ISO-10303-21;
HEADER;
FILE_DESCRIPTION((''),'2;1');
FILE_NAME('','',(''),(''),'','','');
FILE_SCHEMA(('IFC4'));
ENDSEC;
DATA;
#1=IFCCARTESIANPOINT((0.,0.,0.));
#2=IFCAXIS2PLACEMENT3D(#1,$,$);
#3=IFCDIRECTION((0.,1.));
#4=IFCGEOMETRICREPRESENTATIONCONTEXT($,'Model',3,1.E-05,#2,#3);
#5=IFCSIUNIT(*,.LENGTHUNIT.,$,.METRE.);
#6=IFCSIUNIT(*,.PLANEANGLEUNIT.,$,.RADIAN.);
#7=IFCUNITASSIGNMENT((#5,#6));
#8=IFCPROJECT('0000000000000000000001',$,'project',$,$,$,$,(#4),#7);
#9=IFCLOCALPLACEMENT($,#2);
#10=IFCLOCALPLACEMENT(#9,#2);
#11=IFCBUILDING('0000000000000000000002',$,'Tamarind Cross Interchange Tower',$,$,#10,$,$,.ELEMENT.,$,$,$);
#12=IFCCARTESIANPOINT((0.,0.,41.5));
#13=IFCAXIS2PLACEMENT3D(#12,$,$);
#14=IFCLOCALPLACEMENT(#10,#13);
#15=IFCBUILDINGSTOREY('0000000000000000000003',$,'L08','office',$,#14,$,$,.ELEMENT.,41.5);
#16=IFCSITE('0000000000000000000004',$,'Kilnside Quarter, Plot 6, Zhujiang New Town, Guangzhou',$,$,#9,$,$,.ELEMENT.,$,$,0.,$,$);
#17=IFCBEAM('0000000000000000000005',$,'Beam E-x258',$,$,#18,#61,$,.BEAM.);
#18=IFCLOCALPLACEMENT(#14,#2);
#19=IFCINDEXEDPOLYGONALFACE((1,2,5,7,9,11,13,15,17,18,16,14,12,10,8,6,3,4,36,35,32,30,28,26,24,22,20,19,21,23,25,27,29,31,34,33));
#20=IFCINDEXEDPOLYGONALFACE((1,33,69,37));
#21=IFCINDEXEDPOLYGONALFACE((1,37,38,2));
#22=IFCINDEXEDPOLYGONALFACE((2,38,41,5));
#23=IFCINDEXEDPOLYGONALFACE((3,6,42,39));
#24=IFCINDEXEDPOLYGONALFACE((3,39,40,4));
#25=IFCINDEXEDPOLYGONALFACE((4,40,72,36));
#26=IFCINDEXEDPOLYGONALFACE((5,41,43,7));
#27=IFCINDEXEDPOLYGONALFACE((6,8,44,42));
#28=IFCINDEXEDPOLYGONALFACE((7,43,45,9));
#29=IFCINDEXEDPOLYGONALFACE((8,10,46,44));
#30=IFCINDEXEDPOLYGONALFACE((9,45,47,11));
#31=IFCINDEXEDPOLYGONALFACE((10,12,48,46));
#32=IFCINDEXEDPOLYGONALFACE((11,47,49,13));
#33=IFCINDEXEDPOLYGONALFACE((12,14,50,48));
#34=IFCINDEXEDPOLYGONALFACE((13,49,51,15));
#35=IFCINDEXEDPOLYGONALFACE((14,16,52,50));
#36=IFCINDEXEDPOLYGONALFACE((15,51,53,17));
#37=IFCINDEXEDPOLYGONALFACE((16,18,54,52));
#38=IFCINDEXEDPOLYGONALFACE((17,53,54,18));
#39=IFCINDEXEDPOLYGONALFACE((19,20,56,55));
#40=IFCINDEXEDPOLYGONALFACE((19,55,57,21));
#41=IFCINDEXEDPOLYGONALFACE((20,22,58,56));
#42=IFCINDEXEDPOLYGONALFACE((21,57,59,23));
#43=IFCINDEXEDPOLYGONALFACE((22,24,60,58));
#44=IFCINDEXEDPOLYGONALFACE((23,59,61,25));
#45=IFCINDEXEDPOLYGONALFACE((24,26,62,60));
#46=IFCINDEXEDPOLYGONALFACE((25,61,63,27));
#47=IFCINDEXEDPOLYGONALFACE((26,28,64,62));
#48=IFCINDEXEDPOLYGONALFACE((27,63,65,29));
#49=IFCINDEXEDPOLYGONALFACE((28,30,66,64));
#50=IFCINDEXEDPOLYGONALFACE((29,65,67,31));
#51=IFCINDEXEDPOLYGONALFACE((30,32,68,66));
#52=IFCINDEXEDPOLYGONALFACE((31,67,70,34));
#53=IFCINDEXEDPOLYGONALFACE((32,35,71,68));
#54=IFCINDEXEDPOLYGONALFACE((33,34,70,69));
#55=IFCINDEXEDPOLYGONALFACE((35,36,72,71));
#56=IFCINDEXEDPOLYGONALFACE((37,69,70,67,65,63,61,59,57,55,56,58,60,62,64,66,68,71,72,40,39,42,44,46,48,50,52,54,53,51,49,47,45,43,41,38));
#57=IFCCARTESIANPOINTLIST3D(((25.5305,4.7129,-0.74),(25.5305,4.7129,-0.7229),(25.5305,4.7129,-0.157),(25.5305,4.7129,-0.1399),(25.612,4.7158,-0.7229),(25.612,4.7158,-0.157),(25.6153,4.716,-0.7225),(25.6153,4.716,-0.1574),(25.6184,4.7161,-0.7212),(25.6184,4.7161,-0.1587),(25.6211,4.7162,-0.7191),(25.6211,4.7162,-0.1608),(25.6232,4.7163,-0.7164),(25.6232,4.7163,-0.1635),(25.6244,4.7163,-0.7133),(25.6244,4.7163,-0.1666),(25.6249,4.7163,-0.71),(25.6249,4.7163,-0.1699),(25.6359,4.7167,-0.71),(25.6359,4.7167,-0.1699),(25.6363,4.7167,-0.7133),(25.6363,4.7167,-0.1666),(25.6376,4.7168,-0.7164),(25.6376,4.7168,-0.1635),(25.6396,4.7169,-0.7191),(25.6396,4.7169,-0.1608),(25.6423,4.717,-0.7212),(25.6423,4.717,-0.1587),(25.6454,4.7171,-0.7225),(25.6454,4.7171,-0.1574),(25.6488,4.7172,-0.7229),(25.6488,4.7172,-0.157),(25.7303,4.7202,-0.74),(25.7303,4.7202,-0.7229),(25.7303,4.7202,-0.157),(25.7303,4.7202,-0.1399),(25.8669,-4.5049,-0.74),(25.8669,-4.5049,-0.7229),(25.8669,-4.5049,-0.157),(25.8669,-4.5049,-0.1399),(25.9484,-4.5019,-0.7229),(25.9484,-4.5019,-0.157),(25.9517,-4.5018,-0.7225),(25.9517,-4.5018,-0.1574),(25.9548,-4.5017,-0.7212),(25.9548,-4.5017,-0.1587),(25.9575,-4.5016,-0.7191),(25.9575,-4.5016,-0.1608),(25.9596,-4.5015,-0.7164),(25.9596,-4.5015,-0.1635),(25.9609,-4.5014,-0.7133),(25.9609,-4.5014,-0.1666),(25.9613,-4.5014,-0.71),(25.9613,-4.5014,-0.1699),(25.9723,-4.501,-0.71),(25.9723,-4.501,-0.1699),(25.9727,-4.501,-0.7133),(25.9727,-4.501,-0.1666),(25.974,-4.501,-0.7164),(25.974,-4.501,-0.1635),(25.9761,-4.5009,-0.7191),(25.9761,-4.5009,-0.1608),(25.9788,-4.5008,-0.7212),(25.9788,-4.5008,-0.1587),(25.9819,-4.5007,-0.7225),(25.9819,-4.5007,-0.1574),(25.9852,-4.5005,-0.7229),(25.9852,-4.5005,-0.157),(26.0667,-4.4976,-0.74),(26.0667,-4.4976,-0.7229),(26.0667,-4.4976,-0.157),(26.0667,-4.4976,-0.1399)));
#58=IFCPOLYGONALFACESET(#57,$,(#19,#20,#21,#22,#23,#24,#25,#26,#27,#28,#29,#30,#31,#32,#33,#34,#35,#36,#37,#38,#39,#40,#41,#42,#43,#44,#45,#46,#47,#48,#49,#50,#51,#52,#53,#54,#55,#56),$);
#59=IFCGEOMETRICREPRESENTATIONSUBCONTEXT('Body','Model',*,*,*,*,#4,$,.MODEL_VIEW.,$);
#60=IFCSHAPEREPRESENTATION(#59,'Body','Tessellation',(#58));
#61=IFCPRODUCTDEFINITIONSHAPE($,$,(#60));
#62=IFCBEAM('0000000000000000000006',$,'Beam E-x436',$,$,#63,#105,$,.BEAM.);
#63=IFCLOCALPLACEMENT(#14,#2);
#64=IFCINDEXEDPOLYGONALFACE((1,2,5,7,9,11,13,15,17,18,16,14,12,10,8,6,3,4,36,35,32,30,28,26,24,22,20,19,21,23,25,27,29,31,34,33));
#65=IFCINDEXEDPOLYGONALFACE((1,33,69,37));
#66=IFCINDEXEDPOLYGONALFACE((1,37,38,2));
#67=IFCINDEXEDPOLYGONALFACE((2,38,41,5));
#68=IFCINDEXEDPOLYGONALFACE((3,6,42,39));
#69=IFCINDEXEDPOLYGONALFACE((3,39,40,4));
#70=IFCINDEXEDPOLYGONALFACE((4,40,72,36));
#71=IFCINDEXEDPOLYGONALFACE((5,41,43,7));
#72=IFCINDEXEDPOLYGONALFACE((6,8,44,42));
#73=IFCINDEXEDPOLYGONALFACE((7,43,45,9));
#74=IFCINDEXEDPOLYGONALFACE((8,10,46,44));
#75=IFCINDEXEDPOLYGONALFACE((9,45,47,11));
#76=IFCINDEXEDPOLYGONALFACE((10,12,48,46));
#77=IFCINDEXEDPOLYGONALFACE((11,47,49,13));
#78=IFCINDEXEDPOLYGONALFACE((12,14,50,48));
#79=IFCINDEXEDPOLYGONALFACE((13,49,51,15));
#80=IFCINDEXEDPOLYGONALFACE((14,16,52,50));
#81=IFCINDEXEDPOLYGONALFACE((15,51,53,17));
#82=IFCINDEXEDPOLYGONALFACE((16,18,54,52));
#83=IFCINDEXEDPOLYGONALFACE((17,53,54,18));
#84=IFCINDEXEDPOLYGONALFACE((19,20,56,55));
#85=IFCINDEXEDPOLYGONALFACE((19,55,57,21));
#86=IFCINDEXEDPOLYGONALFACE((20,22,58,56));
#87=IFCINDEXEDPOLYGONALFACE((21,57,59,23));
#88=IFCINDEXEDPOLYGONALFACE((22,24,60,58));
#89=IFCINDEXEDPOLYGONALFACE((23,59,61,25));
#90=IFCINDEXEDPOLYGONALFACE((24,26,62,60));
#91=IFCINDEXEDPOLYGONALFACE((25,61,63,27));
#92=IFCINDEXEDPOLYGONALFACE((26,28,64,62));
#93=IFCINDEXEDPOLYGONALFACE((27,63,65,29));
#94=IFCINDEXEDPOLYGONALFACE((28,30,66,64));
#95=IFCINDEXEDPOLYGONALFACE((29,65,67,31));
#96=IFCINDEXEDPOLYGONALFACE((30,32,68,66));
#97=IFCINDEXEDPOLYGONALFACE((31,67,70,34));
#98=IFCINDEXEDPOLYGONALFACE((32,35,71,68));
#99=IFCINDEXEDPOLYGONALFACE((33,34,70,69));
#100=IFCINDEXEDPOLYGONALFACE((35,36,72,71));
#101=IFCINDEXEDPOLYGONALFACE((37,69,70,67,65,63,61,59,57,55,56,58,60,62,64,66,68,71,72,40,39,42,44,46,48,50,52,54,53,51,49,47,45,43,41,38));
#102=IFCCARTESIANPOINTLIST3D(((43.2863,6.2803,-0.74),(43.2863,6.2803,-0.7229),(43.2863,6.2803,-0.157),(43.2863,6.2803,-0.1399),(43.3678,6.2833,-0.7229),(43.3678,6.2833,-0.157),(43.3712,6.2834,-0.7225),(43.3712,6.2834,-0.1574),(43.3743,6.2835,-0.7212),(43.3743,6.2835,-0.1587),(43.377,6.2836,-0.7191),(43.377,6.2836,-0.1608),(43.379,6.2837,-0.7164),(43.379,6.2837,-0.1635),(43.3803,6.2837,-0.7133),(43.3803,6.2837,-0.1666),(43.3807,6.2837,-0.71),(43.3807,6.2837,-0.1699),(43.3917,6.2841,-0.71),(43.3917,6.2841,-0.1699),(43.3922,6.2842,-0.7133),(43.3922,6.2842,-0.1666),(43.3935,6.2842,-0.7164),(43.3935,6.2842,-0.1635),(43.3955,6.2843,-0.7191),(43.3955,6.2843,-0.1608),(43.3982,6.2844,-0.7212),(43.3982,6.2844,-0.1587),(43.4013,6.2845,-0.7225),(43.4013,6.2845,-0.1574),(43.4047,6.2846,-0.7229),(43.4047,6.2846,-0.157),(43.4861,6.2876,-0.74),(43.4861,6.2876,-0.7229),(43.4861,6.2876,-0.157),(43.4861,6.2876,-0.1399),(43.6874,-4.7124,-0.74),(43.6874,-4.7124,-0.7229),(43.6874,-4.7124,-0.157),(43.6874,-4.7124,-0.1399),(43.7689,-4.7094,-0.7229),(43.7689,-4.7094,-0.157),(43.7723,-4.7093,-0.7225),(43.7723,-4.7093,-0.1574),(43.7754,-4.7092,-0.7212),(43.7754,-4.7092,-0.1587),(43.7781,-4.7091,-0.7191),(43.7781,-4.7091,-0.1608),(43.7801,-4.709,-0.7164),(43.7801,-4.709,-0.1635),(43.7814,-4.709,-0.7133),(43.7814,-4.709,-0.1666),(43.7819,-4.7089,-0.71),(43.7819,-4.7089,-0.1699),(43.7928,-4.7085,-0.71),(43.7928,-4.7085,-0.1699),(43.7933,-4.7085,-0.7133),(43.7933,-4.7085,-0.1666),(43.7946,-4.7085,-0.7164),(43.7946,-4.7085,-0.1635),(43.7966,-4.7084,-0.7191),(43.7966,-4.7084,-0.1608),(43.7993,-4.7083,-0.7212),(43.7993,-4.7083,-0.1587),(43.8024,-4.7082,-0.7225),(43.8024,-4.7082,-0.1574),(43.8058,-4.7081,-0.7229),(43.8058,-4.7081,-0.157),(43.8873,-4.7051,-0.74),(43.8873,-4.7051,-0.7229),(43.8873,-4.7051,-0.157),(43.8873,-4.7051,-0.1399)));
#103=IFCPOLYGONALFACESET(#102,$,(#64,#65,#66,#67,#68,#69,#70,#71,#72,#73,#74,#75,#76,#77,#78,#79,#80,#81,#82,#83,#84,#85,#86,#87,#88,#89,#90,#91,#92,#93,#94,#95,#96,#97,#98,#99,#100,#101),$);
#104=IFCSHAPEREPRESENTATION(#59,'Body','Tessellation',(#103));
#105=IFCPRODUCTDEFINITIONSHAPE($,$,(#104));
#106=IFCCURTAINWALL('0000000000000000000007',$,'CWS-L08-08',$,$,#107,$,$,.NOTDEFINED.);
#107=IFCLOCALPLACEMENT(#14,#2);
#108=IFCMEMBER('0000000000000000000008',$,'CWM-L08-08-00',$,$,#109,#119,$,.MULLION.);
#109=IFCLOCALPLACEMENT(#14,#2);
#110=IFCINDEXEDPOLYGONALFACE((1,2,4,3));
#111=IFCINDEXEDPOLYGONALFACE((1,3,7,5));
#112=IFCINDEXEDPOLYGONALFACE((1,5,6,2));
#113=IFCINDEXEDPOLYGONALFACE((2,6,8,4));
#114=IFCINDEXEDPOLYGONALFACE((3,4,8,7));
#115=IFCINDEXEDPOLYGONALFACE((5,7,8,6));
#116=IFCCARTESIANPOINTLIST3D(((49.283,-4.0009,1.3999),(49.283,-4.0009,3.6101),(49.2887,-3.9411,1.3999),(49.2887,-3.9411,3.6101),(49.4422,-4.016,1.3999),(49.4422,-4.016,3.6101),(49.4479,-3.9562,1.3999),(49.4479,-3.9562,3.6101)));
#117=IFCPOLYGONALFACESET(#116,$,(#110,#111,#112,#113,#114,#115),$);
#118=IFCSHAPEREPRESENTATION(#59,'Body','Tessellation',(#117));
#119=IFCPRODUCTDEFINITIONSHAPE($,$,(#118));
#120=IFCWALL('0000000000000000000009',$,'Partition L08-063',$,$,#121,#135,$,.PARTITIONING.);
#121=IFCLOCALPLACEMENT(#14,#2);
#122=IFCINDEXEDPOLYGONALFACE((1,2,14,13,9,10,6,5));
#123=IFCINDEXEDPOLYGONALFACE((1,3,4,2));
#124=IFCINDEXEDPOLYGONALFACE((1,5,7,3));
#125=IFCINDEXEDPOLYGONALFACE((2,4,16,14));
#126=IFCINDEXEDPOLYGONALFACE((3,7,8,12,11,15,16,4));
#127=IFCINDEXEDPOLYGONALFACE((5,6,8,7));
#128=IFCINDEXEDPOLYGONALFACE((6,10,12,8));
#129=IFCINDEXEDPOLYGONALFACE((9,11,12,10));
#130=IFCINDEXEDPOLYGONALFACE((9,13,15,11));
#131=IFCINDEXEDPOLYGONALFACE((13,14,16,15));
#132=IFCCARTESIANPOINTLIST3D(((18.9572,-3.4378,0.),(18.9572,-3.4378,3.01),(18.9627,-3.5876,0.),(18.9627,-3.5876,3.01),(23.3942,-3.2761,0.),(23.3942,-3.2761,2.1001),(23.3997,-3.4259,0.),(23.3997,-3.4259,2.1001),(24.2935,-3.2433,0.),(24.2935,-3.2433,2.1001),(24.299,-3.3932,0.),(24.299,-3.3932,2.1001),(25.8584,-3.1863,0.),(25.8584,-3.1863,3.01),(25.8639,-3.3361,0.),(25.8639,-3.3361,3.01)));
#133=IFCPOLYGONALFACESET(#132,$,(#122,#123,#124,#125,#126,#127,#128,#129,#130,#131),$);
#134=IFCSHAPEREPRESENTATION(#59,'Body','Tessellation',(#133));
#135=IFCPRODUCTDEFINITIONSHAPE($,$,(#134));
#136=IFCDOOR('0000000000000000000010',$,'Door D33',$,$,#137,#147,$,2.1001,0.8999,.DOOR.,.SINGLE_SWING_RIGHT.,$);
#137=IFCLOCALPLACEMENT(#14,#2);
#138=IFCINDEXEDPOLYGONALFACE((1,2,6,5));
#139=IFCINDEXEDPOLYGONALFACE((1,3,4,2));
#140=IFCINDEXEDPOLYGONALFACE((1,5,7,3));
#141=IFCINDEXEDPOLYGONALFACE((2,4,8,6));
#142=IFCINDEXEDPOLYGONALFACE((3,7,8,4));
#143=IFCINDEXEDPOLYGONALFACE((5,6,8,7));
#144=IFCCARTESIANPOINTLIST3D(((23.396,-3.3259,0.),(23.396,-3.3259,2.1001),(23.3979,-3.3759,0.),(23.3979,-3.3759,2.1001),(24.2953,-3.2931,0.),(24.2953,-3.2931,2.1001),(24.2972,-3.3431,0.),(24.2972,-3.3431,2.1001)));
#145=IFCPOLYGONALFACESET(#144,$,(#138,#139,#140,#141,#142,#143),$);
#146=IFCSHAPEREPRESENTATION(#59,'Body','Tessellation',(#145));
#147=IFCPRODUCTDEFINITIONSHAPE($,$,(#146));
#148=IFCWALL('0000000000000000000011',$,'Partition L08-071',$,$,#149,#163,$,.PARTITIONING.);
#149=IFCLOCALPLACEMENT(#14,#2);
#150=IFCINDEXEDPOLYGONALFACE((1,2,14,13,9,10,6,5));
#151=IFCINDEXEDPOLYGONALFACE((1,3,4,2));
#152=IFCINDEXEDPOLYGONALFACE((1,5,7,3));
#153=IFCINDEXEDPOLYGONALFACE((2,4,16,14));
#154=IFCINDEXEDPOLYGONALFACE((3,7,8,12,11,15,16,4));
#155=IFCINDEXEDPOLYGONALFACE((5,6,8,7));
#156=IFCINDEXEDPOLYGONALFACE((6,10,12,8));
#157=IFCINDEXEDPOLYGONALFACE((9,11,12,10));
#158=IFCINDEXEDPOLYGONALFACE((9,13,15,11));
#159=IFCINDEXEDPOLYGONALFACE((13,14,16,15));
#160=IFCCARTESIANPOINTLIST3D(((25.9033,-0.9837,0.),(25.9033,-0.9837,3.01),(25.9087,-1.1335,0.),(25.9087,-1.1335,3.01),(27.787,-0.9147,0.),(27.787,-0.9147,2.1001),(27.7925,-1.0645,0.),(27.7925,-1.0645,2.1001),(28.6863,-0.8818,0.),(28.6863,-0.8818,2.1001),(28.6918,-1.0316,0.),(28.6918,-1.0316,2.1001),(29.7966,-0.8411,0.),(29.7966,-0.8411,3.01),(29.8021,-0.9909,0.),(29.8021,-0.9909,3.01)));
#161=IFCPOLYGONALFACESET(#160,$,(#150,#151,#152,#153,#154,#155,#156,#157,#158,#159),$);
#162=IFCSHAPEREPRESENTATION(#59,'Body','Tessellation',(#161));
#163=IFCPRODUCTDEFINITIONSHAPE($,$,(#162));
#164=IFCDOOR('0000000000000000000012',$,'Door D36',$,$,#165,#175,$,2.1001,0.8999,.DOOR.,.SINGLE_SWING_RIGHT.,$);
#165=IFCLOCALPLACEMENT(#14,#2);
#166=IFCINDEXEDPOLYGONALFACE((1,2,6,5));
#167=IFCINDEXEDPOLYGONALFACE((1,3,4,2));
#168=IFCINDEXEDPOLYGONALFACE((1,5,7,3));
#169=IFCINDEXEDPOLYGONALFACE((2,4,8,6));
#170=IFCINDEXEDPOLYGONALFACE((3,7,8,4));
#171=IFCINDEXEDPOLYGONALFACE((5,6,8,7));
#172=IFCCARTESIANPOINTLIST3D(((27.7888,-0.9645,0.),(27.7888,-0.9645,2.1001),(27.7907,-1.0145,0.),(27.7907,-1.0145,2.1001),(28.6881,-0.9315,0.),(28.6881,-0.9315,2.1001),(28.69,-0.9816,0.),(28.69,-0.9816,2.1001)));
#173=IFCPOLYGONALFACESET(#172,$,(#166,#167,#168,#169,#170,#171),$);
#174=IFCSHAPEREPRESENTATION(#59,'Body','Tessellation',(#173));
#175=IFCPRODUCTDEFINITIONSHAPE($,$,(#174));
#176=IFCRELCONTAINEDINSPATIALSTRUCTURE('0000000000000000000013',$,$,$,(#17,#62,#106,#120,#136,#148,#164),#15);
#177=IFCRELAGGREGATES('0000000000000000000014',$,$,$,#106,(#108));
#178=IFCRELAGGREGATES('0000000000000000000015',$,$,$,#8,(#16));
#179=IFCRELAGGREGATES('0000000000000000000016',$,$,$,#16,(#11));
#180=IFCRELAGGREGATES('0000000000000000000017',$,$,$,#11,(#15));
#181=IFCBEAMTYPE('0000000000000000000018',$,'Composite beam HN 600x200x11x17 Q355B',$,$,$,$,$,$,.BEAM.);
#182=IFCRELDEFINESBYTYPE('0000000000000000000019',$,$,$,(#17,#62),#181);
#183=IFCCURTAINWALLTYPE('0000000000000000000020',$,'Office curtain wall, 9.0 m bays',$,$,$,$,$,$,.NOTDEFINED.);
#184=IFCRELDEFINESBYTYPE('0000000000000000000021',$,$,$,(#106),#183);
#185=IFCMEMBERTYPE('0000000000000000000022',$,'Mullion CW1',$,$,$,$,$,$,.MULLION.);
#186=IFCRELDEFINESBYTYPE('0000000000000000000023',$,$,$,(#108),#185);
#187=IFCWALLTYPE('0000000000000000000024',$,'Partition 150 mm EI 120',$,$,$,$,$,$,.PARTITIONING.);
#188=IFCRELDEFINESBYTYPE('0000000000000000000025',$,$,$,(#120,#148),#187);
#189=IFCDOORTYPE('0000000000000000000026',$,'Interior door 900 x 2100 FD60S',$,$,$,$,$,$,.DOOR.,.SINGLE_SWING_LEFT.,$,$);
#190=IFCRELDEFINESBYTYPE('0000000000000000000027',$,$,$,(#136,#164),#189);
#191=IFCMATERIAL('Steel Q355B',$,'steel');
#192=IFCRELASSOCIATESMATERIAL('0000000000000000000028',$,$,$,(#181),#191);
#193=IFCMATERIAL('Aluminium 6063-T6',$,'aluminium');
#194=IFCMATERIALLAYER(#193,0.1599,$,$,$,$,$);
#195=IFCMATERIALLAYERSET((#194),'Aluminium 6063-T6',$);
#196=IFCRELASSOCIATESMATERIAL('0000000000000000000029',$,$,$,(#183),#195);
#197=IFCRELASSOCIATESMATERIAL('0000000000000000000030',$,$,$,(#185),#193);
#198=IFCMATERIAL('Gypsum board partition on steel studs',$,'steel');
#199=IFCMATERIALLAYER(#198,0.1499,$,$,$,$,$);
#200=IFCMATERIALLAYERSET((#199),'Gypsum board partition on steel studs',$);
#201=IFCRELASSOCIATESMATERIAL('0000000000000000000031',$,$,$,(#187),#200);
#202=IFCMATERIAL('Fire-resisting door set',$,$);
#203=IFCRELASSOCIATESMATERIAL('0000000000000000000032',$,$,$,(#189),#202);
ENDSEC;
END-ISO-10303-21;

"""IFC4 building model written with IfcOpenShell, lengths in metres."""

from ifc_helpers import new_model, si_unit, direction, frame, frame_2d, origin, origin_2d, place, context, subcontext, project, spatial, rectangle, i_section, extrude, material, layer, layer_set, material_profile, profile_set, type_object, element, fill, aggregate, save


model = new_model("IFC4")

# Units and contexts
model_context = context("Model", 3, precision=1e-05, world=origin(), true_north=direction((0.0, 1.0)))
body_context = subcontext(model_context, "Body", "Model", "MODEL_VIEW")
ifc_project = project(units=[si_unit("LENGTHUNIT", "METRE"), si_unit("PLANEANGLEUNIT", "RADIAN")], contexts=[model_context])

# Site, building, storey
site_placement = place(None, origin())
site = spatial("IfcSite", under=ifc_project, at=site_placement, Name="Kilnside Quarter, Plot 6, Zhujiang New Town, Guangzhou", CompositionType="ELEMENT", RefElevation=0.0)
building_placement = place(site_placement, origin())
building = spatial("IfcBuilding", under=site, at=building_placement, Name="Tamarind Cross Interchange Tower", CompositionType="ELEMENT")
storey_placement = place(building_placement, frame((0.0, 0.0, 41.5)))
storey = spatial("IfcBuildingStorey", under=building, at=storey_placement, Name="L08", Description="office", CompositionType="ELEMENT", Elevation=41.5)

# Beams
ifc_material_1 = material(Name="Steel Q355B", Category="steel")
ifc_material_profile_1 = material_profile(ifc_material_1, i_section(OverallWidth=0.2, OverallDepth=0.6001, WebThickness=0.011, FlangeThickness=0.0171, FilletRadius=0.0129, at=origin_2d()), Name="HN 600x200x11x17")
ifc_profile_set_1 = profile_set([ifc_material_profile_1], Name="Steel Q355B")
beam_type_1 = type_object("IfcBeamType", Name="Composite beam HN 600x200x11x17 Q355B", PredefinedType="BEAM", material=ifc_profile_set_1)
beam_1_placement = place(storey_placement, frame((25.9668, -4.5012, -0.4399), z_axis=(-0.036473, 0.999335, 0.0), x_axis=(-0.999335, -0.036473, 0.0)))
element("IfcBeam", 1, at=beam_1_placement, inside=storey, type_object=beam_type_1, Name="Beam E-x258", PredefinedType="BEAM", context=body_context, shape_type="SweptSolid", body=[
    extrude(i_section(OverallWidth=0.2, OverallDepth=0.6001, WebThickness=0.011, FlangeThickness=0.0171, FilletRadius=0.0129, at=origin_2d()), origin(), (0.0, 0.0, 1.0), 9.2239),
])
beam_2_placement = place(storey_placement, frame((43.7874, -4.7087, -0.4399), z_axis=(-0.036466, 0.999335, 0.0), x_axis=(-0.999335, -0.036466, 0.0)))
element("IfcBeam", 2, at=beam_2_placement, inside=storey, type_object=beam_type_1, Name="Beam E-x436", PredefinedType="BEAM", context=body_context, shape_type="SweptSolid", body=[
    extrude(i_section(OverallWidth=0.2, OverallDepth=0.6001, WebThickness=0.011, FlangeThickness=0.0171, FilletRadius=0.0129, at=origin_2d()), origin(), (0.0, 0.0, 1.0), 11.0),
])

# Curtain wall, member
ifc_material_2 = material(Name="Aluminium 6063-T6", Category="aluminium")
ifc_layer_1 = layer(ifc_material_2, 0.1599)
ifc_layer_set_1 = layer_set([ifc_layer_1], Name="Aluminium 6063-T6")
curtain_wall_type = type_object("IfcCurtainWallType", Name="Office curtain wall, 9.0 m bays", PredefinedType="NOTDEFINED", material=ifc_layer_set_1)
curtain_wall_placement = place(storey_placement, origin())
curtain_wall = element("IfcCurtainWall", 3, at=curtain_wall_placement, inside=storey, type_object=curtain_wall_type, Name="CWS-L08-08", PredefinedType="NOTDEFINED")
ifc_material_profile_2 = material_profile(ifc_material_2, rectangle(XDim=0.0601, YDim=0.1599, at=origin_2d()), Name="Mullion CW1")
ifc_profile_set_2 = profile_set([ifc_material_profile_2], Name="Aluminium 6063-T6")
member_type = type_object("IfcMemberType", Name="Mullion CW1", PredefinedType="MULLION", material=ifc_profile_set_2)
member_placement = place(storey_placement, frame((49.3655, -3.9785, 1.3999), z_axis=(0.0, 0.0, 1.0), x_axis=(0.094289, 0.995545, 0.0)))
member = element("IfcMember", 4, at=member_placement, type_object=member_type, Name="CWM-L08-08-00", PredefinedType="MULLION", context=body_context, shape_type="SweptSolid", body=[
    extrude(rectangle(XDim=0.0601, YDim=0.1599, at=origin_2d()), origin(), (0.0, 0.0, 1.0), 2.2102),
])
aggregate(curtain_wall, [member])

# Walls, openings, doors
ifc_material_3 = material(Name="Gypsum board partition on steel studs", Category="steel")
ifc_layer_2 = layer(ifc_material_3, 0.1499)
ifc_layer_set_2 = layer_set([ifc_layer_2], Name="Gypsum board partition on steel studs")
wall_type_1 = type_object("IfcWallType", Name="Partition 150 mm EI 120", PredefinedType="PARTITIONING", material=ifc_layer_set_2)
wall_1_placement = place(storey_placement, frame((18.96, -3.5127, 0.0), z_axis=(0.0, 0.0, 1.0), x_axis=(0.999337, 0.036414, 0.0)))
wall_1 = element("IfcWall", 5, at=wall_1_placement, inside=storey, type_object=wall_type_1, Name="Partition L08-063", PredefinedType="PARTITIONING", context=body_context, shape_type="SweptSolid", body=[
    extrude(rectangle(XDim=6.9058, YDim=0.1499, at=frame_2d((3.4529, 0.0))), origin(), (0.0, 0.0, 1.0), 3.01),
])
opening_1_placement = place(wall_1_placement, frame((4.4399, 0.0, 0.0)))
opening_1 = element("IfcOpeningElement", 6, at=opening_1_placement, cuts=wall_1, PredefinedType="OPENING", context=body_context, shape_type="SweptSolid", body=[
    extrude(rectangle(XDim=0.8999, YDim=2.1001, at=frame_2d((0.45, 1.05))), frame((0.0, 0.085, 0.0), z_axis=(0.0, -1.0, 0.0), x_axis=(1.0, 0.0, 0.0)), (0.0, 0.0, 1.0), 0.1699),
])
ifc_material_4 = material(Name="Fire-resisting door set")
door_type_1 = type_object("IfcDoorType", Name="Interior door 900 x 2100 FD60S", OperationType="SINGLE_SWING_LEFT", PredefinedType="DOOR", material=ifc_material_4)
door_1_placement = place(opening_1_placement, frame((0.8999, 0.0, 0.0), z_axis=(0.0, 0.0, 1.0), x_axis=(-1.0, 0.0, 0.0)))
door_1 = element("IfcDoor", 7, at=door_1_placement, inside=storey, type_object=door_type_1, Name="Door D33", OperationType="SINGLE_SWING_RIGHT", OverallHeight=2.1001, OverallWidth=0.8999, PredefinedType="DOOR", context=body_context, shape_type="SweptSolid", body=[
    extrude(rectangle(XDim=0.8999, YDim=2.1001, at=frame_2d((0.45, 1.05))), frame((0.0, 0.0249, 0.0), z_axis=(0.0, -1.0, 0.0), x_axis=(1.0, 0.0, 0.0)), (0.0, 0.0, 1.0), 0.05),
])
fill(opening_1, door_1)
wall_2_placement = place(storey_placement, frame((25.906, -1.0586, 0.0), z_axis=(0.0, 0.0, 1.0), x_axis=(0.99933, 0.036597, 0.0)))
wall_2 = element("IfcWall", 8, at=wall_2_placement, inside=storey, type_object=wall_type_1, Name="Partition L08-071", PredefinedType="PARTITIONING", context=body_context, shape_type="SweptSolid", body=[
    extrude(rectangle(XDim=3.896, YDim=0.1499, at=frame_2d((1.948, 0.0))), origin(), (0.0, 0.0, 1.0), 3.01),
])
opening_2_placement = place(wall_2_placement, frame((1.885, 0.0, 0.0)))
opening_2 = element("IfcOpeningElement", 9, at=opening_2_placement, cuts=wall_2, PredefinedType="OPENING", context=body_context, shape_type="SweptSolid", body=[
    extrude(rectangle(XDim=0.8999, YDim=2.1001, at=frame_2d((0.45, 1.05))), frame((0.0, 0.085, 0.0), z_axis=(0.0, -1.0, 0.0), x_axis=(1.0, 0.0, 0.0)), (0.0, 0.0, 1.0), 0.1699),
])
door_2_placement = place(opening_2_placement, frame((0.8999, 0.0, 0.0), z_axis=(0.0, 0.0, 1.0), x_axis=(-1.0, 0.0, 0.0)))
door_2 = element("IfcDoor", 10, at=door_2_placement, inside=storey, type_object=door_type_1, Name="Door D36", OperationType="SINGLE_SWING_RIGHT", OverallHeight=2.1001, OverallWidth=0.8999, PredefinedType="DOOR", context=body_context, shape_type="SweptSolid", body=[
    extrude(rectangle(XDim=0.8999, YDim=2.1001, at=frame_2d((0.45, 1.05))), frame((0.0, 0.0249, 0.0), z_axis=(0.0, -1.0, 0.0), x_axis=(1.0, 0.0, 0.0)), (0.0, 0.0, 1.0), 0.05),
])
fill(opening_2, door_2)

save(model, "model.ifc")
